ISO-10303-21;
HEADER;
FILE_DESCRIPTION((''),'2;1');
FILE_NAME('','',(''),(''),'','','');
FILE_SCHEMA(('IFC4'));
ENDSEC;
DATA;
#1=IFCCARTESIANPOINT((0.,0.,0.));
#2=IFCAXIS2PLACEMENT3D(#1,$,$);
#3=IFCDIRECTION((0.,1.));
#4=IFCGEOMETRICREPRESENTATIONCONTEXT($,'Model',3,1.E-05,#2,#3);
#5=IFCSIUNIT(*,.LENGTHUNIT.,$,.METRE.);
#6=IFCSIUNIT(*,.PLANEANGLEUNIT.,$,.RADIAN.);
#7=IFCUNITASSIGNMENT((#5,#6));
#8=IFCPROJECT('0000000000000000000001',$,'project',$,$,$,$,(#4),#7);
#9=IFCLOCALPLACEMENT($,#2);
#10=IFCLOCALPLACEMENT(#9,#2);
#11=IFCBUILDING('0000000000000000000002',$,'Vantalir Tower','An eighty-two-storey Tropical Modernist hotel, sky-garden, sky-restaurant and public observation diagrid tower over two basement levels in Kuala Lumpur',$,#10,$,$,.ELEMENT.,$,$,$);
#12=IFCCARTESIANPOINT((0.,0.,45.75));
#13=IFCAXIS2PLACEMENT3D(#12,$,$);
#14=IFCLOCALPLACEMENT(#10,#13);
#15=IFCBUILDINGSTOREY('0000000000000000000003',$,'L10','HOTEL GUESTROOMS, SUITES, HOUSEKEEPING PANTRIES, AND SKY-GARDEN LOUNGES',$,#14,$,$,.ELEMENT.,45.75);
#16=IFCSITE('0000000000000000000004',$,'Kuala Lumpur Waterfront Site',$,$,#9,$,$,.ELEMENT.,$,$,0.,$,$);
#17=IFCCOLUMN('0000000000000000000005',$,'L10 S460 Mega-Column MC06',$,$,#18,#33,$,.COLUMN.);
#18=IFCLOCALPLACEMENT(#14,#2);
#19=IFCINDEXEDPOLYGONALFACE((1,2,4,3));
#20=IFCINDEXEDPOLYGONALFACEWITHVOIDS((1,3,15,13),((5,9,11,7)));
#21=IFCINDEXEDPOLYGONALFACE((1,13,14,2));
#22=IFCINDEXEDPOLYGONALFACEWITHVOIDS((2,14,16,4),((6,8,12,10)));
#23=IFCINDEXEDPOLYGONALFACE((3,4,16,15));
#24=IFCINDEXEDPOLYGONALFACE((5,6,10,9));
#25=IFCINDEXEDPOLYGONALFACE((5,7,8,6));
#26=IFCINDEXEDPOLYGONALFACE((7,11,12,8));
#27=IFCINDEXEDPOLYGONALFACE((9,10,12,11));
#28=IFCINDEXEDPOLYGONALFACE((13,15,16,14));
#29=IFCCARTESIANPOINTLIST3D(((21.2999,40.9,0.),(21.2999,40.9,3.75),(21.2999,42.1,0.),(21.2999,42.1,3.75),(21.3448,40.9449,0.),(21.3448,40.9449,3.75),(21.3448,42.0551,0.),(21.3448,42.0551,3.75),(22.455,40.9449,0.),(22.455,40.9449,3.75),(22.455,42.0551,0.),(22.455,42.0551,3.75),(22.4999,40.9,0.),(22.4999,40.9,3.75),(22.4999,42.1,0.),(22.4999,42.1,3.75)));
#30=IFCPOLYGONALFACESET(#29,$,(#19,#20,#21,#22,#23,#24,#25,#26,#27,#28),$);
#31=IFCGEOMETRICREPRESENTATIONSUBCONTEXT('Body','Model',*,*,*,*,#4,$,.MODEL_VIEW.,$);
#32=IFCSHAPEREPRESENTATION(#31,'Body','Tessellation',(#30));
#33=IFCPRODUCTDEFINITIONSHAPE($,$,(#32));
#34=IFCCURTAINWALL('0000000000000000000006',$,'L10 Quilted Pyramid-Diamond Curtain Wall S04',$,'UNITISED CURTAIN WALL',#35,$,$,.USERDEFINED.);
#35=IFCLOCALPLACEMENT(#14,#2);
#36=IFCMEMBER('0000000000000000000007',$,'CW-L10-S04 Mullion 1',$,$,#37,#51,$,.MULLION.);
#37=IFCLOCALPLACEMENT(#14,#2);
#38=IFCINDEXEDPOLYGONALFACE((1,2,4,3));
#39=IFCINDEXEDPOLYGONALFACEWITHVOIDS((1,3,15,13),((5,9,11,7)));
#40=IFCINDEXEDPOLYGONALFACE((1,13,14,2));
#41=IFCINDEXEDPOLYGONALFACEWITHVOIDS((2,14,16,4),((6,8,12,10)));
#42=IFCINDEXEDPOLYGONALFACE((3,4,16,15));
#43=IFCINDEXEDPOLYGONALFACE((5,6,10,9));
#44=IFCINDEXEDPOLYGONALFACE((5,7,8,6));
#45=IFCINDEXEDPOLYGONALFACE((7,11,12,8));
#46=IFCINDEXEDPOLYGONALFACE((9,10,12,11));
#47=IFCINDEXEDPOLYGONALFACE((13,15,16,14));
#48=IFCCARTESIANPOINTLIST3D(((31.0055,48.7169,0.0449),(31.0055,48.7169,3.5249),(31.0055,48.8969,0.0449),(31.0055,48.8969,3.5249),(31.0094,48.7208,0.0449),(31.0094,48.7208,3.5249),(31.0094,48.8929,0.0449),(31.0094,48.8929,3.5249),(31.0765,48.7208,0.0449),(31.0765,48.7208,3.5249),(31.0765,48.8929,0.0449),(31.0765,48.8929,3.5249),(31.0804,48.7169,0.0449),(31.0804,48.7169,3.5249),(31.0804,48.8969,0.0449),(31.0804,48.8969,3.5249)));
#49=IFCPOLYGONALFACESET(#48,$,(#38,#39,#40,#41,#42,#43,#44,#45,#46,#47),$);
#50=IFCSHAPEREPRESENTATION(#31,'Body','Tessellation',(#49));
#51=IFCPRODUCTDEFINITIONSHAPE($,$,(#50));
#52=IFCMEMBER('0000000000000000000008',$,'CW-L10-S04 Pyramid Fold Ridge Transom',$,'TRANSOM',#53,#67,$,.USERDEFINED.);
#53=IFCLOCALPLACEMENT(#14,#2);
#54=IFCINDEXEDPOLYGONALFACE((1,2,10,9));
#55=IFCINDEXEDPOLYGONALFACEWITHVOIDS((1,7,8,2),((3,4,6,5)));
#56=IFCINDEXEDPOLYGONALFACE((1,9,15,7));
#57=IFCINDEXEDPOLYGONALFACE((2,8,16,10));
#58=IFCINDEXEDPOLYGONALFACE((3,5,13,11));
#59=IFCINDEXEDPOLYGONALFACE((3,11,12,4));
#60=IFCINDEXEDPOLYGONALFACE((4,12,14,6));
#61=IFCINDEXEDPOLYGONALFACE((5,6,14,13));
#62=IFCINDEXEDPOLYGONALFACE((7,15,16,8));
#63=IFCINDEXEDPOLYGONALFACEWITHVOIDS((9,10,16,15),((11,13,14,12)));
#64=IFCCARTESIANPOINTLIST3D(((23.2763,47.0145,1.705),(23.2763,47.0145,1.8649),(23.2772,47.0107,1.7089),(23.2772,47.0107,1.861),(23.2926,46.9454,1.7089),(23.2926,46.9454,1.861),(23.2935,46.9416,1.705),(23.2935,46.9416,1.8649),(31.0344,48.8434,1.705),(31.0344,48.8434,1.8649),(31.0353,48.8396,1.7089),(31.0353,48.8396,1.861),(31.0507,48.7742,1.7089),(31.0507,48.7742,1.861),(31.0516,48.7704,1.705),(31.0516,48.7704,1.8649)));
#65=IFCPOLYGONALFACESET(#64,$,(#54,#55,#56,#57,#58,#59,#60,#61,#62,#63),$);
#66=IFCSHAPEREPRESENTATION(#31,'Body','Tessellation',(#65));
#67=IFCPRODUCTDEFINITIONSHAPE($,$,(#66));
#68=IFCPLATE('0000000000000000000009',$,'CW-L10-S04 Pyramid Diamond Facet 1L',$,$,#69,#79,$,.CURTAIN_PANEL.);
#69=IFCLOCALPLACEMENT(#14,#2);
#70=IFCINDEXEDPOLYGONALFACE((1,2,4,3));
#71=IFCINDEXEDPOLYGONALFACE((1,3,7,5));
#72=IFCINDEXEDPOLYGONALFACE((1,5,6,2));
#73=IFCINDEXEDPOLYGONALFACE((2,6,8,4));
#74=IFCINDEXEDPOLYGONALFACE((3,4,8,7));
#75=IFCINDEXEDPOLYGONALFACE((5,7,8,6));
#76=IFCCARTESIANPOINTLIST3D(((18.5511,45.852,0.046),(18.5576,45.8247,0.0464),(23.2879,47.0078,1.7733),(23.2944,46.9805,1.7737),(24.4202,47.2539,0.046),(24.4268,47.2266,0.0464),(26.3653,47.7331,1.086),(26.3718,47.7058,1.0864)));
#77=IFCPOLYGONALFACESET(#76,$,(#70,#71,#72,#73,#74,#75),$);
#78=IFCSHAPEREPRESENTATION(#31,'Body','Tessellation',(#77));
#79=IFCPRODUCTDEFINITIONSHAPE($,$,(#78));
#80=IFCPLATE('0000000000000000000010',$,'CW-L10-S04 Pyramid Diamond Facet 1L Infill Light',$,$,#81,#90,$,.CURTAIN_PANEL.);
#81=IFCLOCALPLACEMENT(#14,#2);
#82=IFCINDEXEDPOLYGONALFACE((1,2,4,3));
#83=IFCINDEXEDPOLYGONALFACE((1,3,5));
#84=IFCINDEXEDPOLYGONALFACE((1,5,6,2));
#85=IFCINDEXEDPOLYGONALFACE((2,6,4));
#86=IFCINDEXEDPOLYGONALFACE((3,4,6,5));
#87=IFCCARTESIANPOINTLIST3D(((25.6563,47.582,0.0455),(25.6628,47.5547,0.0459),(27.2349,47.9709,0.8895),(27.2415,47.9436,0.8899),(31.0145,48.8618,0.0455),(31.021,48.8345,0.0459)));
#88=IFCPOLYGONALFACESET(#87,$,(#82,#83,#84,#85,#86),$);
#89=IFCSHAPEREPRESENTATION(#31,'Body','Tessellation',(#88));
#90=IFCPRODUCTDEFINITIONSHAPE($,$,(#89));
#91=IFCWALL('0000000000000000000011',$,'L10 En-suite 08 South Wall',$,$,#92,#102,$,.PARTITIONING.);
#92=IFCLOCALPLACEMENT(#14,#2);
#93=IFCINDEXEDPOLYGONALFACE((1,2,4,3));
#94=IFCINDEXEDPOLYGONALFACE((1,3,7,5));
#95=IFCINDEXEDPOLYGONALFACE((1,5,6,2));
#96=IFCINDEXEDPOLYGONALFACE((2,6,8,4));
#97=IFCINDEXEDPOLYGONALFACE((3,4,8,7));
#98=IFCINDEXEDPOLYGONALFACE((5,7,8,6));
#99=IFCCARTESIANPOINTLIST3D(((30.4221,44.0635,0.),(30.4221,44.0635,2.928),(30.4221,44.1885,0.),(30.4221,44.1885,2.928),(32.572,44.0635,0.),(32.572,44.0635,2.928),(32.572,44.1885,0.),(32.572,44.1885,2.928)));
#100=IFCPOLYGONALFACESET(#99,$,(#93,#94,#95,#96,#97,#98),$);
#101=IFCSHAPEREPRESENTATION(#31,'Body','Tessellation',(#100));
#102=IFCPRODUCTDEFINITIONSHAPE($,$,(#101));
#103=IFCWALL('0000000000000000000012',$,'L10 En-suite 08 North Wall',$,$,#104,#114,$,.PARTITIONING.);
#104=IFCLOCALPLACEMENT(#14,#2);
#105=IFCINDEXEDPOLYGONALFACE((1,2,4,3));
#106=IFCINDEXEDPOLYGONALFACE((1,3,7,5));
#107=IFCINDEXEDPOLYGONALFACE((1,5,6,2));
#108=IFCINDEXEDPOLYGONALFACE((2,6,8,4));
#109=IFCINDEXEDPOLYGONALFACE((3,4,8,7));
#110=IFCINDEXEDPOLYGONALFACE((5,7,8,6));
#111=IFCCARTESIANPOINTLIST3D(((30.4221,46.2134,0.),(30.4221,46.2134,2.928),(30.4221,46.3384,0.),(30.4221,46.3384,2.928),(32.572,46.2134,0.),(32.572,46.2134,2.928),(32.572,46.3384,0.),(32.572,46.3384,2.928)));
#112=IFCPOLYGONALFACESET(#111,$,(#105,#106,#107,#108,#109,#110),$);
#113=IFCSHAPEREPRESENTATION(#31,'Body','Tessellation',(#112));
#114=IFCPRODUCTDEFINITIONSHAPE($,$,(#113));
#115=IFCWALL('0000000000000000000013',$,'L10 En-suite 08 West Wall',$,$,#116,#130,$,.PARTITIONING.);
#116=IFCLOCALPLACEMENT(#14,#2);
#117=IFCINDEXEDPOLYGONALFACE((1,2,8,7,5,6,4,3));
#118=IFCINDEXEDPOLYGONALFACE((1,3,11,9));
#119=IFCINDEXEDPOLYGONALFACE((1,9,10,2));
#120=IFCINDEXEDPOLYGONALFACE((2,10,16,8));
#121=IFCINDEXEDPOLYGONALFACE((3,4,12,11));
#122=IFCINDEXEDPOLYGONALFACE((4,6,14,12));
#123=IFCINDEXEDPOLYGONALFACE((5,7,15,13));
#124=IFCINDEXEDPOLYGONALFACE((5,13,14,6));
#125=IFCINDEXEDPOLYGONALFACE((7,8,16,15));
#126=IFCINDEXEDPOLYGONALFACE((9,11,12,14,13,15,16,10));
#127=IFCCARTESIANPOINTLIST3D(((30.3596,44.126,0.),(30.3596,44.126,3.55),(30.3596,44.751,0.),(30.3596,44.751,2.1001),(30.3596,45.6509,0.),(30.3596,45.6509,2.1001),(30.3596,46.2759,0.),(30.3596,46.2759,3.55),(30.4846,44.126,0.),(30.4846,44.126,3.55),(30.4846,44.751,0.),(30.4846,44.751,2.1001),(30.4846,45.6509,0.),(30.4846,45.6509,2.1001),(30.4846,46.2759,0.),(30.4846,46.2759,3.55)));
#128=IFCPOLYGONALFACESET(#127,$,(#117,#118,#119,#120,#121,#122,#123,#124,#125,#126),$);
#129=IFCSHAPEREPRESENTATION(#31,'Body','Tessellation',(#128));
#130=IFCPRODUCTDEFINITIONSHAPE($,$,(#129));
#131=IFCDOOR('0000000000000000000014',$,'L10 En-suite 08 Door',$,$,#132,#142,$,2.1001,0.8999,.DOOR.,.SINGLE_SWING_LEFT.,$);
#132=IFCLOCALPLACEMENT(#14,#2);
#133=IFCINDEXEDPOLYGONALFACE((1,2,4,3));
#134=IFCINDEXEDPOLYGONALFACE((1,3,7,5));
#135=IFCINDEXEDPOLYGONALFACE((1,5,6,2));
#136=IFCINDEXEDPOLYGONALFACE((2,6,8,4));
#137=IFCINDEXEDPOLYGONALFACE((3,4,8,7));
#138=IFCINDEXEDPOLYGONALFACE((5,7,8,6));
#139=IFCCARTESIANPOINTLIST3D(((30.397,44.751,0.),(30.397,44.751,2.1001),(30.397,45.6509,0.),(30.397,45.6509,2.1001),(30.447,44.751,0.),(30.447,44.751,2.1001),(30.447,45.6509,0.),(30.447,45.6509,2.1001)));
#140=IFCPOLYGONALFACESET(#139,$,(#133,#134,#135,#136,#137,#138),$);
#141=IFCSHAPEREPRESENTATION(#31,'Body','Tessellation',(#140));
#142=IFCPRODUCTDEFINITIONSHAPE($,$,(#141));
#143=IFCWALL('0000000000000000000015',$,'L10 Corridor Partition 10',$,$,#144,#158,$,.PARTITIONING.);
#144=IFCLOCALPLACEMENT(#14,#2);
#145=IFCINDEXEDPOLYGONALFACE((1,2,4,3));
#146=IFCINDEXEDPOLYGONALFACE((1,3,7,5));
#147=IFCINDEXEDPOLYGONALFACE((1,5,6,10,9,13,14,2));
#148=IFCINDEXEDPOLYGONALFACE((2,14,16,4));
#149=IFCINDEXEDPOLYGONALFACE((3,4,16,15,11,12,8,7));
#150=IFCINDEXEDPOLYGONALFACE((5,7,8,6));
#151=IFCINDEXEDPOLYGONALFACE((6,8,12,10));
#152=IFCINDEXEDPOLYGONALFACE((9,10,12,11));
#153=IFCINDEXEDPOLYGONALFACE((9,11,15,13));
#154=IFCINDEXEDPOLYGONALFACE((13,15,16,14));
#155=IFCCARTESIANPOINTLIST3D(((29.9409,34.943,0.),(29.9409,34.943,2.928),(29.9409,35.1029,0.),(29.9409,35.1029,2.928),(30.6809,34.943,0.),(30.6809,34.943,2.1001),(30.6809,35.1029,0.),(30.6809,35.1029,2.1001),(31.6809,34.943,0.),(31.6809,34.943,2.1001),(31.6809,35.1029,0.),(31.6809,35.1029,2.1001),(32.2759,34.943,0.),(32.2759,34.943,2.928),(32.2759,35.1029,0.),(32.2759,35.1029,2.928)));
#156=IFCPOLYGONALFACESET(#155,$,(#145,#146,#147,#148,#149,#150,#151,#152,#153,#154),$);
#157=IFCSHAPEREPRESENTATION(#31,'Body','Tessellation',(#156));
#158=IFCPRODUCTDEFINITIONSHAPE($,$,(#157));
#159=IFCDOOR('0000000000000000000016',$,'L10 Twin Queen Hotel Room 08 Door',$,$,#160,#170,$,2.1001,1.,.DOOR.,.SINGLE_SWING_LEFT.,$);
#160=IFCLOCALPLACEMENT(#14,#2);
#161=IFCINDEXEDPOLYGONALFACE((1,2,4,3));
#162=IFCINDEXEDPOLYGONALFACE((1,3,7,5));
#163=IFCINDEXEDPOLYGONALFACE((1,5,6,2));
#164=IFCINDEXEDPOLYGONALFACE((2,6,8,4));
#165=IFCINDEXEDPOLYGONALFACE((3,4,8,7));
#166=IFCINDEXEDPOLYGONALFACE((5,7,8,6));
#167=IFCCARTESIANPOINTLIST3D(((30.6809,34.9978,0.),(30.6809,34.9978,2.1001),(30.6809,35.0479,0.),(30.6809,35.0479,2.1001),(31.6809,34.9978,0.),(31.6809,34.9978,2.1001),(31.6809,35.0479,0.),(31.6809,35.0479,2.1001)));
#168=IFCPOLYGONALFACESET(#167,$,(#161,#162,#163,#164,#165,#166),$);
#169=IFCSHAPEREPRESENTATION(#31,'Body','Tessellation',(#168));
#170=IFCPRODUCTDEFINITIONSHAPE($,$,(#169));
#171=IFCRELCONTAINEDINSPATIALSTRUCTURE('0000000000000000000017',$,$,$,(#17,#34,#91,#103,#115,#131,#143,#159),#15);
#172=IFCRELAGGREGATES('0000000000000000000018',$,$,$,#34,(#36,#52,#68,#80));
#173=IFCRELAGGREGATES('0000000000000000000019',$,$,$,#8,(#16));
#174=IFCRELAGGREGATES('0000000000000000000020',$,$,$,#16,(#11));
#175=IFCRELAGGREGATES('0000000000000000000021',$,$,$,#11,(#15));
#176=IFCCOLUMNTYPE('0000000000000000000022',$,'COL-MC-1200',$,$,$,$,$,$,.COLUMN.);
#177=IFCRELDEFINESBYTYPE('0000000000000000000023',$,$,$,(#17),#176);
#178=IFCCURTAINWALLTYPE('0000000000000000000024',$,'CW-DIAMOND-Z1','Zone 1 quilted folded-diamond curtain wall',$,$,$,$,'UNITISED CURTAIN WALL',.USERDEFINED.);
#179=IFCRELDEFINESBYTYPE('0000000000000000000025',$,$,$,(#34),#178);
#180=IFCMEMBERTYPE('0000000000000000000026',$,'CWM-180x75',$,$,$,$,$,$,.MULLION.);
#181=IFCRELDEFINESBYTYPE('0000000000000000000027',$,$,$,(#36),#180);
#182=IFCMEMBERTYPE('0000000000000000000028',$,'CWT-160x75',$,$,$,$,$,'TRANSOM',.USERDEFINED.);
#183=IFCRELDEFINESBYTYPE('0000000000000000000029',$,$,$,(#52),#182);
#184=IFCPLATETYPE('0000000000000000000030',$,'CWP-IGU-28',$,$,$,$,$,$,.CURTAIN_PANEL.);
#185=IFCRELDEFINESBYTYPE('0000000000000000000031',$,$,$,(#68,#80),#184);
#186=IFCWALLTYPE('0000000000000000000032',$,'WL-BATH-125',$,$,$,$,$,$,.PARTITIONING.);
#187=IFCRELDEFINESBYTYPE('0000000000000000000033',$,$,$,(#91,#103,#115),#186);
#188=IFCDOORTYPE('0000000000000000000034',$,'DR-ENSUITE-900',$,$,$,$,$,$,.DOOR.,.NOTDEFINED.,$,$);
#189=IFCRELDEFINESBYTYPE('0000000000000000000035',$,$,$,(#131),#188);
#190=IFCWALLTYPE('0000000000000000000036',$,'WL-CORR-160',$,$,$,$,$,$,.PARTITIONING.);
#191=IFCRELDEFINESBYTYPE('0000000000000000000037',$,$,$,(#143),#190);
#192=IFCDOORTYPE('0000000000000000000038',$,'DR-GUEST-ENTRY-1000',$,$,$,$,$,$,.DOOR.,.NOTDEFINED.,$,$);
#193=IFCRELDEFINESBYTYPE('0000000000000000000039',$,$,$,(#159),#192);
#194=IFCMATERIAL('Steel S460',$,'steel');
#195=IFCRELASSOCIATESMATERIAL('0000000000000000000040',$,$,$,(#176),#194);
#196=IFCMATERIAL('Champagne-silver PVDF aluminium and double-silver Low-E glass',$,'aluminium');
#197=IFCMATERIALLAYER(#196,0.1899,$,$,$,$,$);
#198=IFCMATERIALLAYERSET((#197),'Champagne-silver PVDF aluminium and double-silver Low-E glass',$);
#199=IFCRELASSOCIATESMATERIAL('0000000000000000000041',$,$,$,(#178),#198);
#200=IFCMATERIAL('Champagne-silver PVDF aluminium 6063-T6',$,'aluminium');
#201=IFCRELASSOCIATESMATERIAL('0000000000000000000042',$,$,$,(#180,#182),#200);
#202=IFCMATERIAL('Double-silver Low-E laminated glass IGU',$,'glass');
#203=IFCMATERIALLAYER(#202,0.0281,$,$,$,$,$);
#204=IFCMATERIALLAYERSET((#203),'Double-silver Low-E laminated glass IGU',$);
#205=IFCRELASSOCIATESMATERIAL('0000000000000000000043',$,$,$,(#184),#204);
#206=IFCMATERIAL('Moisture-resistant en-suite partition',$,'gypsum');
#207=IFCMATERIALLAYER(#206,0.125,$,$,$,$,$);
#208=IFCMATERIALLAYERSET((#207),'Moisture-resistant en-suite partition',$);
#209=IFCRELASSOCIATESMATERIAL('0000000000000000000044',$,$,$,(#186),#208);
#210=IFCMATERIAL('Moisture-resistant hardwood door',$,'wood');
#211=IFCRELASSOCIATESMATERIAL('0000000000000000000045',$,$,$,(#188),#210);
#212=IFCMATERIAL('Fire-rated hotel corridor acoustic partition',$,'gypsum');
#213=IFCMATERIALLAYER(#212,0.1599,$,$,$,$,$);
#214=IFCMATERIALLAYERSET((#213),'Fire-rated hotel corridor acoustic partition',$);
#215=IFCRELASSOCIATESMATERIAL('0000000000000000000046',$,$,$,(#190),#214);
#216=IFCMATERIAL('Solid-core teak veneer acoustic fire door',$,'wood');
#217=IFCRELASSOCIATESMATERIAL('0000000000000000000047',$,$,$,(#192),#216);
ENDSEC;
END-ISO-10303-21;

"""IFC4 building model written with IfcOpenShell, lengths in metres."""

from ifc_helpers import new_model, si_unit, direction, frame, frame_2d, origin, origin_2d, place, context, subcontext, project, spatial, polyline, rectangle, hollow_rectangle, outline, extrude, material, layer, layer_set, material_profile, profile_set, type_object, element, fill, aggregate, save


model = new_model("IFC4")

# Units and contexts
model_context = context("Model", 3, precision=1e-05, world=origin(), true_north=direction((0.0, 1.0)))
body_context = subcontext(model_context, "Body", "Model", "MODEL_VIEW")
ifc_project = project(units=[si_unit("LENGTHUNIT", "METRE"), si_unit("PLANEANGLEUNIT", "RADIAN")], contexts=[model_context])

# Site, building, storey
site_placement = place(None, origin())
site = spatial("IfcSite", under=ifc_project, at=site_placement, Name="Kuala Lumpur Waterfront Site", CompositionType="ELEMENT", RefElevation=0.0)
building_placement = place(site_placement, origin())
building = spatial("IfcBuilding", under=site, at=building_placement, Name="Vantalir Tower", Description="An eighty-two-storey Tropical Modernist hotel, sky-garden, sky-restaurant and public observation diagrid tower over two basement levels in Kuala Lumpur", CompositionType="ELEMENT")
storey_placement = place(building_placement, frame((0.0, 0.0, 45.75)))
storey = spatial("IfcBuildingStorey", under=building, at=storey_placement, Name="L10", Description="HOTEL GUESTROOMS, SUITES, HOUSEKEEPING PANTRIES, AND SKY-GARDEN LOUNGES", CompositionType="ELEMENT", Elevation=45.75)

# Column
ifc_material_1 = material(Name="Steel S460", Category="steel")
ifc_material_profile_1 = material_profile(ifc_material_1, hollow_rectangle(XDim=1.2, YDim=1.2, WallThickness=0.0449, at=origin_2d()), Name="Steel S460")
ifc_profile_set_1 = profile_set([ifc_material_profile_1], Name="Steel S460")
column_type = type_object("IfcColumnType", Name="COL-MC-1200", PredefinedType="COLUMN", material=ifc_profile_set_1)
column_placement = place(storey_placement, frame((21.8999, 41.5, 0.0), z_axis=(0.0, 0.0, 1.0), x_axis=(1.0, 0.0, 0.0)))
element("IfcColumn", 1, at=column_placement, inside=storey, type_object=column_type, Name="L10 S460 Mega-Column MC06", PredefinedType="COLUMN", context=body_context, shape_type="SweptSolid", body=[
    extrude(hollow_rectangle(XDim=1.2, YDim=1.2, WallThickness=0.0449, at=origin_2d()), origin(), (0.0, 0.0, 1.0), 3.75),
])

# Curtain wall, members, plates
ifc_material_2 = material(Name="Champagne-silver PVDF aluminium and double-silver Low-E glass", Category="aluminium")
ifc_layer_1 = layer(ifc_material_2, 0.1899)
ifc_layer_set_1 = layer_set([ifc_layer_1], Name="Champagne-silver PVDF aluminium and double-silver Low-E glass")
curtain_wall_type = type_object("IfcCurtainWallType", Name="CW-DIAMOND-Z1", Description="Zone 1 quilted folded-diamond curtain wall", ElementType="UNITISED CURTAIN WALL", PredefinedType="USERDEFINED", material=ifc_layer_set_1)
curtain_wall_placement = place(storey_placement, origin())
curtain_wall = element("IfcCurtainWall", 2, at=curtain_wall_placement, inside=storey, type_object=curtain_wall_type, Name="L10 Quilted Pyramid-Diamond Curtain Wall S04", ObjectType="UNITISED CURTAIN WALL", PredefinedType="USERDEFINED")
ifc_material_3 = material(Name="Champagne-silver PVDF aluminium 6063-T6", Category="aluminium")
ifc_material_profile_2 = material_profile(ifc_material_3, hollow_rectangle(XDim=0.075, YDim=0.1799, WallThickness=0.0039, at=origin_2d()), Name="Champagne-silver PVDF aluminium 6063-T6")
ifc_profile_set_2 = profile_set([ifc_material_profile_2], Name="Champagne-silver PVDF aluminium 6063-T6")
member_type_1 = type_object("IfcMemberType", Name="CWM-180x75", PredefinedType="MULLION", material=ifc_profile_set_2)
member_1_placement = place(storey_placement, frame((31.043, 48.8069, 0.0449), z_axis=(0.0, 0.0, 1.0), x_axis=(1.0, 0.0, 0.0)))
member_1 = element("IfcMember", 3, at=member_1_placement, type_object=member_type_1, Name="CW-L10-S04 Mullion 1", PredefinedType="MULLION", context=body_context, shape_type="SweptSolid", body=[
    extrude(hollow_rectangle(XDim=0.075, YDim=0.1799, WallThickness=0.0039, at=origin_2d()), origin(), (0.0, 0.0, 1.0), 3.48),
])
ifc_material_profile_3 = material_profile(ifc_material_3, hollow_rectangle(XDim=0.075, YDim=0.1599, WallThickness=0.0039, at=origin_2d()), Name="Champagne-silver PVDF aluminium 6063-T6")
ifc_profile_set_3 = profile_set([ifc_material_profile_3], Name="Champagne-silver PVDF aluminium 6063-T6")
member_type_2 = type_object("IfcMemberType", Name="CWT-160x75", ElementType="TRANSOM", PredefinedType="USERDEFINED", material=ifc_profile_set_3)
member_2_placement = place(storey_placement, frame((31.043, 48.8069, 1.7849), z_axis=(-0.973321, -0.229447, 0.0), x_axis=(0.229447, -0.973321, 0.0)))
member_2 = element("IfcMember", 4, at=member_2_placement, type_object=member_type_2, Name="CW-L10-S04 Pyramid Fold Ridge Transom", ObjectType="TRANSOM", PredefinedType="USERDEFINED", context=body_context, shape_type="SweptSolid", body=[
    extrude(hollow_rectangle(XDim=0.075, YDim=0.1599, WallThickness=0.0039, at=origin_2d()), origin(), (0.0, 0.0, 1.0), 7.9707),
])
ifc_material_4 = material(Name="Double-silver Low-E laminated glass IGU", Category="glass")
ifc_layer_2 = layer(ifc_material_4, 0.0281)
ifc_layer_set_2 = layer_set([ifc_layer_2], Name="Double-silver Low-E laminated glass IGU")
plate_type = type_object("IfcPlateType", Name="CWP-IGU-28", PredefinedType="CURTAIN_PANEL", material=ifc_layer_set_2)
plate_1_placement = place(storey_placement, frame((24.4268, 47.2266, 0.0464), z_axis=(0.232295, -0.972549, 0.013718), x_axis=(-0.97264, -0.232316, 0.0)))
plate_1 = element("IfcPlate", 5, at=plate_1_placement, type_object=plate_type, Name="CW-L10-S04 Pyramid Diamond Facet 1L", PredefinedType="CURTAIN_PANEL", context=body_context, shape_type="SweptSolid", body=[
    extrude(outline(polyline([(0.0, 0.0), (6.0342, 0.0), (1.1585, -1.7275), (-2.0032, -1.0401), (0.0, 0.0)])), origin(), (0.0, 0.0, -1.0), 0.0281),
])
plate_2_placement = place(storey_placement, frame((31.021, 48.8345, 0.0459), z_axis=(0.232292, -0.97255, 0.013675), x_axis=(-0.972641, -0.232313, 0.0)))
plate_2 = element("IfcPlate", 6, at=plate_2_placement, type_object=plate_type, Name="CW-L10-S04 Pyramid Diamond Facet 1L Infill Light", PredefinedType="CURTAIN_PANEL", context=body_context, shape_type="SweptSolid", body=[
    extrude(outline(polyline([(0.0, 0.0), (5.5089, 0.0), (3.8831, -0.8441), (0.0, 0.0)])), origin(), (0.0, 0.0, -1.0), 0.0281),
])
aggregate(curtain_wall, [member_1, member_2, plate_1, plate_2])

# Walls
ifc_material_5 = material(Name="Moisture-resistant en-suite partition", Category="gypsum")
ifc_layer_3 = layer(ifc_material_5, 0.125)
ifc_layer_set_3 = layer_set([ifc_layer_3], Name="Moisture-resistant en-suite partition")
wall_type_1 = type_object("IfcWallType", Name="WL-BATH-125", PredefinedType="PARTITIONING", material=ifc_layer_set_3)
for number, where, z_axis, x_axis, name in (
    (7, (30.4221, 44.126, 0.0), (0.0, 0.0, 1.0), (1.0, 0.0, 0.0), "L10 En-suite 08 South Wall"),
    (8, (30.4221, 46.2759, 0.0), (0.0, 0.0, 1.0), (1.0, 0.0, 0.0), "L10 En-suite 08 North Wall"),
):
    element("IfcWall", number, at=place(storey_placement, frame(where, z_axis=z_axis, x_axis=x_axis)), inside=storey, type_object=wall_type_1, Name=name, PredefinedType="PARTITIONING", context=body_context, shape_type="SweptSolid", body=[
        extrude(rectangle(XDim=2.1499, YDim=0.125, at=frame_2d((1.075, 0.0))), origin(), (0.0, 0.0, 1.0), 2.928),
    ])

# Walls, openings, doors
wall_1_placement = place(storey_placement, frame((30.4221, 44.126, 0.0), z_axis=(0.0, 0.0, 1.0), x_axis=(0.0, 1.0, 0.0)))
wall_1 = element("IfcWall", 9, at=wall_1_placement, inside=storey, type_object=wall_type_1, Name="L10 En-suite 08 West Wall", PredefinedType="PARTITIONING", context=body_context, shape_type="SweptSolid", body=[
    extrude(rectangle(XDim=2.1499, YDim=0.125, at=frame_2d((1.075, 0.0))), origin(), (0.0, 0.0, 1.0), 3.55),
])
opening_1_placement = place(wall_1_placement, frame((0.625, 0.0, 0.0)))
opening_1 = element("IfcOpeningElement", 10, at=opening_1_placement, cuts=wall_1, PredefinedType="OPENING", context=body_context, shape_type="SweptSolid", body=[
    extrude(rectangle(XDim=0.8999, YDim=2.1001, at=frame_2d((0.45, 1.05))), frame((0.0, 0.0725, 0.0), z_axis=(0.0, -1.0, 0.0), x_axis=(1.0, 0.0, 0.0)), (0.0, 0.0, 1.0), 0.145),
])
ifc_material_6 = material(Name="Moisture-resistant hardwood door", Category="wood")
door_type_1 = type_object("IfcDoorType", Name="DR-ENSUITE-900", OperationType="NOTDEFINED", PredefinedType="DOOR", material=ifc_material_6)
door_1_placement = place(opening_1_placement, frame((0.8999, 0.0, 0.0), z_axis=(0.0, 0.0, 1.0), x_axis=(-1.0, 0.0, 0.0)))
door_1 = element("IfcDoor", 11, at=door_1_placement, inside=storey, type_object=door_type_1, Name="L10 En-suite 08 Door", OperationType="SINGLE_SWING_LEFT", OverallHeight=2.1001, OverallWidth=0.8999, PredefinedType="DOOR", context=body_context, shape_type="SweptSolid", body=[
    extrude(rectangle(XDim=0.8999, YDim=2.1001, at=frame_2d((0.45, 1.05))), frame((0.0, 0.0249, 0.0), z_axis=(0.0, -1.0, 0.0), x_axis=(1.0, 0.0, 0.0)), (0.0, 0.0, 1.0), 0.05),
])
fill(opening_1, door_1)
ifc_material_7 = material(Name="Fire-rated hotel corridor acoustic partition", Category="gypsum")
ifc_layer_4 = layer(ifc_material_7, 0.1599)
ifc_layer_set_4 = layer_set([ifc_layer_4], Name="Fire-rated hotel corridor acoustic partition")
wall_type_2 = type_object("IfcWallType", Name="WL-CORR-160", PredefinedType="PARTITIONING", material=ifc_layer_set_4)
wall_2_placement = place(storey_placement, frame((29.9409, 35.0229, 0.0), z_axis=(0.0, 0.0, 1.0), x_axis=(1.0, 0.0, 0.0)))
wall_2 = element("IfcWall", 12, at=wall_2_placement, inside=storey, type_object=wall_type_2, Name="L10 Corridor Partition 10", PredefinedType="PARTITIONING", context=body_context, shape_type="SweptSolid", body=[
    extrude(rectangle(XDim=2.335, YDim=0.1599, at=frame_2d((1.1675, 0.0))), origin(), (0.0, 0.0, 1.0), 2.928),
])
opening_2_placement = place(wall_2_placement, frame((0.74, 0.0, 0.0)))
opening_2 = element("IfcOpeningElement", 13, at=opening_2_placement, cuts=wall_2, PredefinedType="OPENING", context=body_context, shape_type="SweptSolid", body=[
    extrude(rectangle(XDim=1.0, YDim=2.1001, at=frame_2d((0.5, 1.05))), frame((0.0, 0.0898, 0.0), z_axis=(0.0, -1.0, 0.0), x_axis=(1.0, 0.0, 0.0)), (0.0, 0.0, 1.0), 0.1799),
])
ifc_material_8 = material(Name="Solid-core teak veneer acoustic fire door", Category="wood")
door_type_2 = type_object("IfcDoorType", Name="DR-GUEST-ENTRY-1000", OperationType="NOTDEFINED", PredefinedType="DOOR", material=ifc_material_8)
door_2_placement = place(opening_2_placement, origin())
door_2 = element("IfcDoor", 14, at=door_2_placement, inside=storey, type_object=door_type_2, Name="L10 Twin Queen Hotel Room 08 Door", OperationType="SINGLE_SWING_LEFT", OverallHeight=2.1001, OverallWidth=1.0, PredefinedType="DOOR", context=body_context, shape_type="SweptSolid", body=[
    extrude(rectangle(XDim=1.0, YDim=2.1001, at=frame_2d((0.5, 1.05))), frame((0.0, 0.0249, 0.0), z_axis=(0.0, -1.0, 0.0), x_axis=(1.0, 0.0, 0.0)), (0.0, 0.0, 1.0), 0.05),
])
fill(opening_2, door_2)

save(model, "model.ifc")
